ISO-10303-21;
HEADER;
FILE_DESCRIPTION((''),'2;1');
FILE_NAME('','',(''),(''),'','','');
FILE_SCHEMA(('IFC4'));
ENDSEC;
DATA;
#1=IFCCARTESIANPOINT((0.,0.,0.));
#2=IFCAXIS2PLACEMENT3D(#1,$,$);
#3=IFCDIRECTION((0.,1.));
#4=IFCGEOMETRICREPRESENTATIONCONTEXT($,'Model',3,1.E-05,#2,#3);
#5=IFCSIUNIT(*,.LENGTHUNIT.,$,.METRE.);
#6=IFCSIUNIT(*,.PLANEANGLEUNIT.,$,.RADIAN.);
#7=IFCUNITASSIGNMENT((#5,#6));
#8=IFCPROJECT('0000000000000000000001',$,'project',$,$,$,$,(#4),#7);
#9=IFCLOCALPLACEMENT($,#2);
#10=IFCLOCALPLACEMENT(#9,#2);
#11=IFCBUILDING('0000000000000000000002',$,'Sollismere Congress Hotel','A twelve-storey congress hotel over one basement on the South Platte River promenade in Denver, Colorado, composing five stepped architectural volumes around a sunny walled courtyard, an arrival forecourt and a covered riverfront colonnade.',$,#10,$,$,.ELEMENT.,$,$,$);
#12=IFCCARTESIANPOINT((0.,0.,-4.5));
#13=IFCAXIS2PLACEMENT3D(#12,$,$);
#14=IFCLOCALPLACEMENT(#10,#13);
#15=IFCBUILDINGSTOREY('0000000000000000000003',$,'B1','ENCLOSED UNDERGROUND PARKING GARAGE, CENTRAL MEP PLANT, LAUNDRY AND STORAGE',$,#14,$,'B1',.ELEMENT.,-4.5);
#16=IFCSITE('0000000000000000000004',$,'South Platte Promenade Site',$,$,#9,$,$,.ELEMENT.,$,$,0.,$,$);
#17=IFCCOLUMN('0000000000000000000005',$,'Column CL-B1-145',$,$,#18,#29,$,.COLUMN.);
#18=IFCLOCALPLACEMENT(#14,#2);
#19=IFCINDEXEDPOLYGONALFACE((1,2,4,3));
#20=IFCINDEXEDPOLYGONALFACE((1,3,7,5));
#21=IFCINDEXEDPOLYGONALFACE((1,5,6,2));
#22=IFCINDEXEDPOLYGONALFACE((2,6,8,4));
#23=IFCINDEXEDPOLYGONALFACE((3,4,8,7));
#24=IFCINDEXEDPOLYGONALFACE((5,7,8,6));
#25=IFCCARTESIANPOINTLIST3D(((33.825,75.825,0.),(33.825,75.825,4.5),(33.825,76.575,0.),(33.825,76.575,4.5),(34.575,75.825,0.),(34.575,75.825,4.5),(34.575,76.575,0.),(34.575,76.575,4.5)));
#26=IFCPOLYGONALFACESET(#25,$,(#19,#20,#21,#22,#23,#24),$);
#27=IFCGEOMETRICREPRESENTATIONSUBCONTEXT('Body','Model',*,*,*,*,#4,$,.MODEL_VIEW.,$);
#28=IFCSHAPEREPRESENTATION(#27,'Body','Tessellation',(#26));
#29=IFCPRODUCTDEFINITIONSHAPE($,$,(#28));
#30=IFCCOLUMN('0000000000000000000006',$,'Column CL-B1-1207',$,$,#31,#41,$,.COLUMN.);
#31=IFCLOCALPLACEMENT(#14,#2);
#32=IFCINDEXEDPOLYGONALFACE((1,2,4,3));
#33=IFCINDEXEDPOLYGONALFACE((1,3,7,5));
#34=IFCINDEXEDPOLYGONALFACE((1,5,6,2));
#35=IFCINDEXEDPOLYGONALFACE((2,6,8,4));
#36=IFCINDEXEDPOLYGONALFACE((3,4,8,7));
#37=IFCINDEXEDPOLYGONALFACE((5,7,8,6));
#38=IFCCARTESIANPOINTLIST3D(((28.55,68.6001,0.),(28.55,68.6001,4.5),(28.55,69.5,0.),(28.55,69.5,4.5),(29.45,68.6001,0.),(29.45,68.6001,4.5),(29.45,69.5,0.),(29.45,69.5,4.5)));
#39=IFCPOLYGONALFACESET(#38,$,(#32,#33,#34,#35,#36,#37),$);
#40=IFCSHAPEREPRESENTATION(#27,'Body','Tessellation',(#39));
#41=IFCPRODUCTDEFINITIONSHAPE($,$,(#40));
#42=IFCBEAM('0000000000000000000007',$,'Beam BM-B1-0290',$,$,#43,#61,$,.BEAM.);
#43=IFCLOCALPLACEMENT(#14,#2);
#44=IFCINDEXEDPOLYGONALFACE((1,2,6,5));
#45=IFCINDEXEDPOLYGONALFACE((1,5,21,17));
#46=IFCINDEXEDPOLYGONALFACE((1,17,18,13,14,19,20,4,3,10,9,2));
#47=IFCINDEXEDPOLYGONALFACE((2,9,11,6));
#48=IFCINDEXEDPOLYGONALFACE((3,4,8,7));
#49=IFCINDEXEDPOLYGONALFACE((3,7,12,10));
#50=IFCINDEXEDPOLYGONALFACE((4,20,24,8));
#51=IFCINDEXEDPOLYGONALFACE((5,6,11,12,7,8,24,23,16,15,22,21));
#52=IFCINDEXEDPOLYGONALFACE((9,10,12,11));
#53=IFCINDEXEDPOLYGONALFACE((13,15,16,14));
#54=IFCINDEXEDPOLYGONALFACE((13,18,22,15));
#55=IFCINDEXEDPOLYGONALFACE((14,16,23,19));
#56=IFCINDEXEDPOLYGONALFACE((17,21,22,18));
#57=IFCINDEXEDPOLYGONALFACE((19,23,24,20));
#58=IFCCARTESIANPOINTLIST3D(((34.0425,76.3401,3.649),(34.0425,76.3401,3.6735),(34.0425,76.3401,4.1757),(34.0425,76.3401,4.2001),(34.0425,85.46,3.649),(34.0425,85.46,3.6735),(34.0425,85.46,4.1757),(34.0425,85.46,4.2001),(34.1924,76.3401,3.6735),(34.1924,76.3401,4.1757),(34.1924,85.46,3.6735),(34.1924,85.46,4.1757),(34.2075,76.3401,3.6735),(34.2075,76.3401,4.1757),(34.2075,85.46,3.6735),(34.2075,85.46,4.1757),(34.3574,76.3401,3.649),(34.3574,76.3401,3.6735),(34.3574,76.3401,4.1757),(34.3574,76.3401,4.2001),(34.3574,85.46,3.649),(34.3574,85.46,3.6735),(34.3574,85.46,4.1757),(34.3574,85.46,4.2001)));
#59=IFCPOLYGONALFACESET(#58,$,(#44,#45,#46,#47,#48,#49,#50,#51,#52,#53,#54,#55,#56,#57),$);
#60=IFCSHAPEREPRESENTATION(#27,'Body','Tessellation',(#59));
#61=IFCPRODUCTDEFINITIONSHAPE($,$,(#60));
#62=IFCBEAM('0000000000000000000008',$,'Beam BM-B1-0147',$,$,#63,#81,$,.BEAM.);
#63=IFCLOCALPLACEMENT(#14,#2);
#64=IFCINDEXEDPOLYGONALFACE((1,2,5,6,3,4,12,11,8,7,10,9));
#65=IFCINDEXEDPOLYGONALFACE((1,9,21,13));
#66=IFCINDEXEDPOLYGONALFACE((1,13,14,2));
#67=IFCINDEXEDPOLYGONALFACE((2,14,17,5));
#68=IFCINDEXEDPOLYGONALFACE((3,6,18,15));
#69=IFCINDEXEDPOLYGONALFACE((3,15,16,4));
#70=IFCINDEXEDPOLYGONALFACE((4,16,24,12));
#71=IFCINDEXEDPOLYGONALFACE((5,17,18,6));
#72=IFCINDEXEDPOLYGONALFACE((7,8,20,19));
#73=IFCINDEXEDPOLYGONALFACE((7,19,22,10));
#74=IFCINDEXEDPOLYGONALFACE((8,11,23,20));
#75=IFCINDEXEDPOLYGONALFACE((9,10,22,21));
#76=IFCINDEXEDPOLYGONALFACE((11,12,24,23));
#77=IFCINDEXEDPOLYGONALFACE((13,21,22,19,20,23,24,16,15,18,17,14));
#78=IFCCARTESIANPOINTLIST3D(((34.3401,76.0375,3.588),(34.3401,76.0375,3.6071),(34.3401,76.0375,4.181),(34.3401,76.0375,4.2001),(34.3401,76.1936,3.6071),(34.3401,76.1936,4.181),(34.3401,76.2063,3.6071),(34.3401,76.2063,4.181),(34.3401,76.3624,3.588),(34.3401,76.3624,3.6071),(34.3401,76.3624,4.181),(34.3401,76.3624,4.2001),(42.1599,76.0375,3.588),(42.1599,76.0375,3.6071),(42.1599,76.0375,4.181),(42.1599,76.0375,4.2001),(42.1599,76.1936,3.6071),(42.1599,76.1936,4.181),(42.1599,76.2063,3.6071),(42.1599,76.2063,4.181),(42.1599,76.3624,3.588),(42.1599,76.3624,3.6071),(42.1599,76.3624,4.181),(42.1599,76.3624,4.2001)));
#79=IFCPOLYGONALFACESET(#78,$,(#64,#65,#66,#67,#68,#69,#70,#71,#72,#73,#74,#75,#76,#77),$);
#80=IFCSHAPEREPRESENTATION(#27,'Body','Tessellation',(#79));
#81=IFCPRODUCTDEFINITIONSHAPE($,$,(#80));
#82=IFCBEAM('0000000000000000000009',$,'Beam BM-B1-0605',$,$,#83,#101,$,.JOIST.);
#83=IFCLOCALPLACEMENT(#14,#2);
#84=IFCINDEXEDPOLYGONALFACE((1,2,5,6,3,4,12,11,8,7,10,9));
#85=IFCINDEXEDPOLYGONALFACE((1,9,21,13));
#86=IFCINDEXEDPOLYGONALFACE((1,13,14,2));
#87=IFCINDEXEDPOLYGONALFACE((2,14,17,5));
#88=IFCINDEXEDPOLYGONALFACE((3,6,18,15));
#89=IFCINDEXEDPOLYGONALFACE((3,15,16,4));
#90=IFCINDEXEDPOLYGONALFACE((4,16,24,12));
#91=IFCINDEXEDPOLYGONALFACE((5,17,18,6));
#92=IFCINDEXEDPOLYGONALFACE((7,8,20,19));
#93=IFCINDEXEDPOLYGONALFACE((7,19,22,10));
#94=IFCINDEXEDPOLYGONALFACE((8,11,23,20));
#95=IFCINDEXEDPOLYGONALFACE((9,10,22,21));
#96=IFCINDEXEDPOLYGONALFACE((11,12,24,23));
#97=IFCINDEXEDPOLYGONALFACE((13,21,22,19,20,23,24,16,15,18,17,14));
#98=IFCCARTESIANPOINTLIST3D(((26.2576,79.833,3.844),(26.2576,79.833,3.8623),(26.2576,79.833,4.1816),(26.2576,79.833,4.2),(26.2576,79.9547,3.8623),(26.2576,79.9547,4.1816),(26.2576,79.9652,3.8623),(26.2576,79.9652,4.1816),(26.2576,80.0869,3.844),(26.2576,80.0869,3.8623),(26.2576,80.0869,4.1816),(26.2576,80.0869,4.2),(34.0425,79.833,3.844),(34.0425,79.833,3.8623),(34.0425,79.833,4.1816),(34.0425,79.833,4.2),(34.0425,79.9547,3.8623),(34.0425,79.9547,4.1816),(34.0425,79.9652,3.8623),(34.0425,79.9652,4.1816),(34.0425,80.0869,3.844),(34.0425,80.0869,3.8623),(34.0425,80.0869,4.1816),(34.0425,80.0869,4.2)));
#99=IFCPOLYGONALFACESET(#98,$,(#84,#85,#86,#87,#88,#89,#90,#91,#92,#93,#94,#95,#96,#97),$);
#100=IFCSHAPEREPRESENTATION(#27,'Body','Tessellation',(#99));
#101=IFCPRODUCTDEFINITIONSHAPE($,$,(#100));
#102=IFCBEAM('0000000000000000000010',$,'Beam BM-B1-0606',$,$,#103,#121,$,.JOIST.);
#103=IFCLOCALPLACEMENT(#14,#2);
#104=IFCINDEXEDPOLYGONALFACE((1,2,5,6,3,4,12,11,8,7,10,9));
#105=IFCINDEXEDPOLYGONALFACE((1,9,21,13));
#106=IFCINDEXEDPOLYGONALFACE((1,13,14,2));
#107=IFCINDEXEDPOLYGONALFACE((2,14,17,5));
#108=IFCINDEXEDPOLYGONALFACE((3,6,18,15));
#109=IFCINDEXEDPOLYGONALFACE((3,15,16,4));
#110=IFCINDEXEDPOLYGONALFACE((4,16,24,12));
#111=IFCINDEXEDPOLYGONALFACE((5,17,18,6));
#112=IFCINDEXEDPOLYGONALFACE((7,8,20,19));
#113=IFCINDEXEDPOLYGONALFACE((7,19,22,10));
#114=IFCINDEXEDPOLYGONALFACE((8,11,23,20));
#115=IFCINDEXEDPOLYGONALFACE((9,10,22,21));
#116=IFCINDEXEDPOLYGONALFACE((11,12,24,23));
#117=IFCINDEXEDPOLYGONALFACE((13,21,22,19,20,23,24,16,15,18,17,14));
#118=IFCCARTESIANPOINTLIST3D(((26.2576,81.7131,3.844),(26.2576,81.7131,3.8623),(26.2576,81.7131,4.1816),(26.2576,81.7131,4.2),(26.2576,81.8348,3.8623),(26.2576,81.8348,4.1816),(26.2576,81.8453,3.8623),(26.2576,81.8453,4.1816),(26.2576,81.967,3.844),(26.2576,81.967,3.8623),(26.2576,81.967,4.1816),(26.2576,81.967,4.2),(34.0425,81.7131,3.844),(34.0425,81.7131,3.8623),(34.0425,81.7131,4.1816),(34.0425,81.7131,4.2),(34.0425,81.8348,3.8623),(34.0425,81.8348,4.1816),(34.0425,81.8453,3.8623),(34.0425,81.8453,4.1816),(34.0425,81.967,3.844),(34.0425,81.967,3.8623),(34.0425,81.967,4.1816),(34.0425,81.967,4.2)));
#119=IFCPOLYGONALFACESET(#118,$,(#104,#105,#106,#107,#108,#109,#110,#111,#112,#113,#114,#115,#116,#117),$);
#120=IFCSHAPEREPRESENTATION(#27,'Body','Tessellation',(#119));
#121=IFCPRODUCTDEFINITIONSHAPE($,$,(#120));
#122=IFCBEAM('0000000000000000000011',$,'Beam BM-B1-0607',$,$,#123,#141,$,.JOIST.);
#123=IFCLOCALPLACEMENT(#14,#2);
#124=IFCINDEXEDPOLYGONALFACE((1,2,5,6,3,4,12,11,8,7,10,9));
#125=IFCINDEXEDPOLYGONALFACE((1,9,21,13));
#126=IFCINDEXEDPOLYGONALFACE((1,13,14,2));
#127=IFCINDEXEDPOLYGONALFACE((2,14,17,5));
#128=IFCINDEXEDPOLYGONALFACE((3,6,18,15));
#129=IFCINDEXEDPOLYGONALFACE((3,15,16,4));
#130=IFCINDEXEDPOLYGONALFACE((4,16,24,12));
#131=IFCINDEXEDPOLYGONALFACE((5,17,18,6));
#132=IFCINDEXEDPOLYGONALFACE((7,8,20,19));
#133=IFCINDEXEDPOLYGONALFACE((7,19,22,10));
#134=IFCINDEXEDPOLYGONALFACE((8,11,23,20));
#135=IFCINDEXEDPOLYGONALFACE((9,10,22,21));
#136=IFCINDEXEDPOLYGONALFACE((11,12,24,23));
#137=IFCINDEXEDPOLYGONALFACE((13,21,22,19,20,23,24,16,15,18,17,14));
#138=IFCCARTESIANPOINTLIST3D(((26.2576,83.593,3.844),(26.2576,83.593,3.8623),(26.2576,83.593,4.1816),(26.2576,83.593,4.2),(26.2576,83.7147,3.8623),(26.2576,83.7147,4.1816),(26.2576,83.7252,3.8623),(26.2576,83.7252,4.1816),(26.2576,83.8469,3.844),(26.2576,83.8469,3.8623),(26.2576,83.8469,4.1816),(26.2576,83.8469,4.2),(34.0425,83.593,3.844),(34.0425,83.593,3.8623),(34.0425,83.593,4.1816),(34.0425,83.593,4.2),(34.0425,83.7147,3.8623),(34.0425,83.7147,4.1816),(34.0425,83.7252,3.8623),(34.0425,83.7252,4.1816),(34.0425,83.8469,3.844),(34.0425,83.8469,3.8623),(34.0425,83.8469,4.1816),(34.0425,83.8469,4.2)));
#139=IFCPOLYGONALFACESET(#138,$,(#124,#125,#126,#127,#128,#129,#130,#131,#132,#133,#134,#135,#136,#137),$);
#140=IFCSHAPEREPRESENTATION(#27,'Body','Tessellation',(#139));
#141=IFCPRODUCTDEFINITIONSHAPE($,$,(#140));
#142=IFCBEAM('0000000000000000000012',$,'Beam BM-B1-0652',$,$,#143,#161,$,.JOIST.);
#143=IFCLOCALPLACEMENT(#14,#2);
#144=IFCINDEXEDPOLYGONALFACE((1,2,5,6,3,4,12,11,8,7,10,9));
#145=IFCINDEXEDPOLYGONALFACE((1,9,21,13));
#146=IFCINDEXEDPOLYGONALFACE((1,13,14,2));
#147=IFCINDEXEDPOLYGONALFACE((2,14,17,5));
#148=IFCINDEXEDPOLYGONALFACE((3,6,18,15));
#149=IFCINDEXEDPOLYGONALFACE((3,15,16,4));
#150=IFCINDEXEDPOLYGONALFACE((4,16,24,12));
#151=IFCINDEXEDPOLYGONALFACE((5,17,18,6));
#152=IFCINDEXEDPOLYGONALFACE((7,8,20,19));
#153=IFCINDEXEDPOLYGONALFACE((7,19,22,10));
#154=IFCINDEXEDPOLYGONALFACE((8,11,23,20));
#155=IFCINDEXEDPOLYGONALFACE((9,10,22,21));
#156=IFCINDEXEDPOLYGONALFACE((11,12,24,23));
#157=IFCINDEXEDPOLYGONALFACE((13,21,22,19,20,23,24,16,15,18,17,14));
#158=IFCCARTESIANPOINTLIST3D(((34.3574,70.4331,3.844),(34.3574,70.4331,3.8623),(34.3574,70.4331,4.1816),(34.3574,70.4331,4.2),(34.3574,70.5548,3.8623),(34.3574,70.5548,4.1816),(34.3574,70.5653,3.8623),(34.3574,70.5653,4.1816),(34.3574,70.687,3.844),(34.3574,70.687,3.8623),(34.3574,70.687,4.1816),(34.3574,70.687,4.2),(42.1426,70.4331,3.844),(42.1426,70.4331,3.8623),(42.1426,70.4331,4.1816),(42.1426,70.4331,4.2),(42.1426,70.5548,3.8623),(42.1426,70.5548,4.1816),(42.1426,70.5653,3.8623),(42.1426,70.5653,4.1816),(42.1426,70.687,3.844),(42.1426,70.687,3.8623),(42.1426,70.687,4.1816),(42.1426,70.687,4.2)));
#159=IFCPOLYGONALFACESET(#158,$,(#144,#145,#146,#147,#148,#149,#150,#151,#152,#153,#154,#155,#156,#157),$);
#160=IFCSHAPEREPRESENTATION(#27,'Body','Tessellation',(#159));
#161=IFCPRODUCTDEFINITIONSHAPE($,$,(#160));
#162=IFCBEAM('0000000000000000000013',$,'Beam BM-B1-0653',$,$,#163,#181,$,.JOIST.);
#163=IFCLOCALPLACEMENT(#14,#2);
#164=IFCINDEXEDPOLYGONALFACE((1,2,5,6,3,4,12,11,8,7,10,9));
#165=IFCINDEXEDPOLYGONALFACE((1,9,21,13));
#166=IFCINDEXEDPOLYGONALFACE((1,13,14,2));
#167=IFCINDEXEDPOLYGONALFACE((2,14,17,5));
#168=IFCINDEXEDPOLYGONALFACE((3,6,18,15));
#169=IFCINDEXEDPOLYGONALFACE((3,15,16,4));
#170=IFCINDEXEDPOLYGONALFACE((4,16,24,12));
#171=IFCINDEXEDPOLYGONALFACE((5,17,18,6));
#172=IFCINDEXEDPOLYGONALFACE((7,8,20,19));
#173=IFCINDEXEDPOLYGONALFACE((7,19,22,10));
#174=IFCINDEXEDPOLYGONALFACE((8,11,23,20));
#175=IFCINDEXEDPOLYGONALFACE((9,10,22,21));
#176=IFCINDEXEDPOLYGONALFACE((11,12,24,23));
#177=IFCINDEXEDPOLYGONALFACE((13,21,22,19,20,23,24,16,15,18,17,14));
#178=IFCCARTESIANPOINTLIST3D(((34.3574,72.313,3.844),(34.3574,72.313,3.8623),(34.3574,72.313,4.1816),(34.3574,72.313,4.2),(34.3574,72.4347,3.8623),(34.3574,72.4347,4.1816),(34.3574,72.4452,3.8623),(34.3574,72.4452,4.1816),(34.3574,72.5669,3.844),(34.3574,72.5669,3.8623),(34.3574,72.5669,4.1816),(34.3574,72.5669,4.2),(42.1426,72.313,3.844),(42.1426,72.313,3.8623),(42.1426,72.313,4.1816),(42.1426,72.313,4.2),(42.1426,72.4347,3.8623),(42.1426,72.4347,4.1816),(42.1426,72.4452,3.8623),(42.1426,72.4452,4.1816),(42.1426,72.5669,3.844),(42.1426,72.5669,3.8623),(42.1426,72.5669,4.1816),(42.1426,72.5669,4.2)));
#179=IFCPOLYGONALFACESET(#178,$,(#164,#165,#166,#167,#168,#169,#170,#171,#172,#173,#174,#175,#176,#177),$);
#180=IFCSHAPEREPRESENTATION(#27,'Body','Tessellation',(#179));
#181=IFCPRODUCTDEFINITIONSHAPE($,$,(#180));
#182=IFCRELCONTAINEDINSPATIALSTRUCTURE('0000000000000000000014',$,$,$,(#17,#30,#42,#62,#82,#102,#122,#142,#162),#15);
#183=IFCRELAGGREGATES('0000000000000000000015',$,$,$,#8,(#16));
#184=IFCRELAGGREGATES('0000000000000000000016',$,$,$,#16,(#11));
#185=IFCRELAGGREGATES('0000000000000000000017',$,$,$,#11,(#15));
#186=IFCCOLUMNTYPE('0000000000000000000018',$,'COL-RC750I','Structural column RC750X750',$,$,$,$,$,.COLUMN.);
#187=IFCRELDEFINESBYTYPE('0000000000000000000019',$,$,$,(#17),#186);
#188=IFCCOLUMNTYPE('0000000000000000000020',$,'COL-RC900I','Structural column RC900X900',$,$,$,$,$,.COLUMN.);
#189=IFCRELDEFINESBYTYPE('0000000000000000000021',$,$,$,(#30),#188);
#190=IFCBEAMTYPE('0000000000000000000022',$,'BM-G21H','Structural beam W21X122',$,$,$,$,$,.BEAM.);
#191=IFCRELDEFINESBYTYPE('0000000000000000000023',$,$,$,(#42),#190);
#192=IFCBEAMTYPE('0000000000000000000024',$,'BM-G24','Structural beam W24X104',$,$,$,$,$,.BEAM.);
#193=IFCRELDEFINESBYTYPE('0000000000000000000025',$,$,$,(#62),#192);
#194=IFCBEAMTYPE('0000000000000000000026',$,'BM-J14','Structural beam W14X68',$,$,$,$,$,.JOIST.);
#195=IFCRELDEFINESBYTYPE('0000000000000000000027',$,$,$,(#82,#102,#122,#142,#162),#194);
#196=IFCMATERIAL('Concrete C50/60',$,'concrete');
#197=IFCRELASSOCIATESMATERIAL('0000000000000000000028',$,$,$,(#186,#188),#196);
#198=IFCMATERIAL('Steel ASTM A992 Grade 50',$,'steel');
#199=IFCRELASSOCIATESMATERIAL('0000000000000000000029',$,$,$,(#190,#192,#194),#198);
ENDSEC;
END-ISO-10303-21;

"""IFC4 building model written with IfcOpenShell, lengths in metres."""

from ifc_helpers import new_model, si_unit, direction, frame, origin, origin_2d, place, context, subcontext, project, spatial, rectangle, i_section, extrude, material, material_profile, profile_set, type_object, element, save


model = new_model("IFC4")

# Units and contexts
model_context = context("Model", 3, precision=1e-05, world=origin(), true_north=direction((0.0, 1.0)))
body_context = subcontext(model_context, "Body", "Model", "MODEL_VIEW")
ifc_project = project(units=[si_unit("LENGTHUNIT", "METRE"), si_unit("PLANEANGLEUNIT", "RADIAN")], contexts=[model_context])

# Site, building, storey
site_placement = place(None, origin())
site = spatial("IfcSite", under=ifc_project, at=site_placement, Name="South Platte Promenade Site", CompositionType="ELEMENT", RefElevation=0.0)
building_placement = place(site_placement, origin())
building = spatial("IfcBuilding", under=site, at=building_placement, Name="Sollismere Congress Hotel", Description="A twelve-storey congress hotel over one basement on the South Platte River promenade in Denver, Colorado, composing five stepped architectural volumes around a sunny walled courtyard, an arrival forecourt and a covered riverfront colonnade.", CompositionType="ELEMENT")
storey_placement = place(building_placement, frame((0.0, 0.0, -4.5)))
storey = spatial("IfcBuildingStorey", under=building, at=storey_placement, Name="B1", Description="ENCLOSED UNDERGROUND PARKING GARAGE, CENTRAL MEP PLANT, LAUNDRY AND STORAGE", LongName="B1", CompositionType="ELEMENT", Elevation=-4.5)

# Columns
ifc_material_1 = material(Name="Concrete C50/60", Category="concrete")
ifc_material_profile_1 = material_profile(ifc_material_1, rectangle(XDim=0.75, YDim=0.75, at=origin_2d()), Name="RC750X750")
ifc_profile_set_1 = profile_set([ifc_material_profile_1], Name="Concrete C50/60")
column_type_1 = type_object("IfcColumnType", Name="COL-RC750I", Description="Structural column RC750X750", PredefinedType="COLUMN", material=ifc_profile_set_1)
column_1_placement = place(storey_placement, frame((34.2, 76.2, 0.0), z_axis=(0.0, 0.0, 1.0), x_axis=(1.0, 0.0, 0.0)))
element("IfcColumn", 1, at=column_1_placement, inside=storey, type_object=column_type_1, Name="Column CL-B1-145", PredefinedType="COLUMN", context=body_context, shape_type="SweptSolid", body=[
    extrude(rectangle(XDim=0.75, YDim=0.75, at=origin_2d()), origin(), (0.0, 0.0, 1.0), 4.5),
])
ifc_material_profile_2 = material_profile(ifc_material_1, rectangle(XDim=0.8999, YDim=0.8999, at=origin_2d()), Name="RC900X900")
ifc_profile_set_2 = profile_set([ifc_material_profile_2], Name="Concrete C50/60")
column_type_2 = type_object("IfcColumnType", Name="COL-RC900I", Description="Structural column RC900X900", PredefinedType="COLUMN", material=ifc_profile_set_2)
column_2_placement = place(storey_placement, frame((29.0, 69.05, 0.0), z_axis=(0.0, 0.0, 1.0), x_axis=(0.0, -1.0, 0.0)))
element("IfcColumn", 2, at=column_2_placement, inside=storey, type_object=column_type_2, Name="Column CL-B1-1207", PredefinedType="COLUMN", context=body_context, shape_type="SweptSolid", body=[
    extrude(rectangle(XDim=0.8999, YDim=0.8999, at=origin_2d()), origin(), (0.0, 0.0, 1.0), 4.5),
])

# Beams
ifc_material_2 = material(Name="Steel ASTM A992 Grade 50", Category="steel")
ifc_material_profile_3 = material_profile(ifc_material_2, i_section(OverallWidth=0.3149, OverallDepth=0.551, WebThickness=0.0151, FlangeThickness=0.0244, at=origin_2d()), Name="W21X122")
ifc_profile_set_3 = profile_set([ifc_material_profile_3], Name="Steel ASTM A992 Grade 50")
beam_type_1 = type_object("IfcBeamType", Name="BM-G21H", Description="Structural beam W21X122", PredefinedType="BEAM", material=ifc_profile_set_3)
beam_1_placement = place(storey_placement, frame((34.2, 76.3401, 3.9246), z_axis=(0.0, 1.0, 0.0), x_axis=(-1.0, 0.0, 0.0)))
element("IfcBeam", 3, at=beam_1_placement, inside=storey, type_object=beam_type_1, Name="Beam BM-B1-0290", PredefinedType="BEAM", context=body_context, shape_type="SweptSolid", body=[
    extrude(i_section(OverallWidth=0.3149, OverallDepth=0.551, WebThickness=0.0151, FlangeThickness=0.0244, at=origin_2d()), origin(), (0.0, 0.0, 1.0), 9.1199),
])
ifc_material_profile_4 = material_profile(ifc_material_2, i_section(OverallWidth=0.325, OverallDepth=0.6121, WebThickness=0.0127, FlangeThickness=0.019, at=origin_2d()), Name="W24X104")
ifc_profile_set_4 = profile_set([ifc_material_profile_4], Name="Steel ASTM A992 Grade 50")
beam_type_2 = type_object("IfcBeamType", Name="BM-G24", Description="Structural beam W24X104", PredefinedType="BEAM", material=ifc_profile_set_4)
beam_2_placement = place(storey_placement, frame((34.3401, 76.2, 3.894), z_axis=(1.0, 0.0, 0.0), x_axis=(0.0, 1.0, 0.0)))
element("IfcBeam", 4, at=beam_2_placement, inside=storey, type_object=beam_type_2, Name="Beam BM-B1-0147", PredefinedType="BEAM", context=body_context, shape_type="SweptSolid", body=[
    extrude(i_section(OverallWidth=0.325, OverallDepth=0.6121, WebThickness=0.0127, FlangeThickness=0.019, at=origin_2d()), origin(), (0.0, 0.0, 1.0), 7.8198),
])
ifc_material_profile_5 = material_profile(ifc_material_2, i_section(OverallWidth=0.2539, OverallDepth=0.356, WebThickness=0.0105, FlangeThickness=0.0183, at=origin_2d()), Name="W14X68")
ifc_profile_set_5 = profile_set([ifc_material_profile_5], Name="Steel ASTM A992 Grade 50")
beam_type_3 = type_object("IfcBeamType", Name="BM-J14", Description="Structural beam W14X68", PredefinedType="JOIST", material=ifc_profile_set_5)
for number, where, z_axis, x_axis, name in (
    (5, (26.2576, 79.96, 4.022), (1.0, 0.0, 0.0), (0.0, 1.0, 0.0), "Beam BM-B1-0605"),
    (6, (26.2576, 81.8401, 4.022), (1.0, 0.0, 0.0), (0.0, 1.0, 0.0), "Beam BM-B1-0606"),
    (7, (26.2576, 83.72, 4.022), (1.0, 0.0, 0.0), (0.0, 1.0, 0.0), "Beam BM-B1-0607"),
):
    element("IfcBeam", number, at=place(storey_placement, frame(where, z_axis=z_axis, x_axis=x_axis)), inside=storey, type_object=beam_type_3, Name=name, PredefinedType="JOIST", context=body_context, shape_type="SweptSolid", body=[
        extrude(i_section(OverallWidth=0.2539, OverallDepth=0.356, WebThickness=0.0105, FlangeThickness=0.0183, at=origin_2d()), origin(), (0.0, 0.0, 1.0), 7.7849),
    ])
for number, where, z_axis, x_axis, name in (
    (8, (34.3574, 70.5601, 4.022), (1.0, 0.0, 0.0), (0.0, 1.0, 0.0), "Beam BM-B1-0652"),
    (9, (34.3574, 72.4399, 4.022), (1.0, 0.0, 0.0), (0.0, 1.0, 0.0), "Beam BM-B1-0653"),
):
    element("IfcBeam", number, at=place(storey_placement, frame(where, z_axis=z_axis, x_axis=x_axis)), inside=storey, type_object=beam_type_3, Name=name, PredefinedType="JOIST", context=body_context, shape_type="SweptSolid", body=[
        extrude(i_section(OverallWidth=0.2539, OverallDepth=0.356, WebThickness=0.0105, FlangeThickness=0.0183, at=origin_2d()), origin(), (0.0, 0.0, 1.0), 7.7852),
    ])

save(model, "model.ifc")
